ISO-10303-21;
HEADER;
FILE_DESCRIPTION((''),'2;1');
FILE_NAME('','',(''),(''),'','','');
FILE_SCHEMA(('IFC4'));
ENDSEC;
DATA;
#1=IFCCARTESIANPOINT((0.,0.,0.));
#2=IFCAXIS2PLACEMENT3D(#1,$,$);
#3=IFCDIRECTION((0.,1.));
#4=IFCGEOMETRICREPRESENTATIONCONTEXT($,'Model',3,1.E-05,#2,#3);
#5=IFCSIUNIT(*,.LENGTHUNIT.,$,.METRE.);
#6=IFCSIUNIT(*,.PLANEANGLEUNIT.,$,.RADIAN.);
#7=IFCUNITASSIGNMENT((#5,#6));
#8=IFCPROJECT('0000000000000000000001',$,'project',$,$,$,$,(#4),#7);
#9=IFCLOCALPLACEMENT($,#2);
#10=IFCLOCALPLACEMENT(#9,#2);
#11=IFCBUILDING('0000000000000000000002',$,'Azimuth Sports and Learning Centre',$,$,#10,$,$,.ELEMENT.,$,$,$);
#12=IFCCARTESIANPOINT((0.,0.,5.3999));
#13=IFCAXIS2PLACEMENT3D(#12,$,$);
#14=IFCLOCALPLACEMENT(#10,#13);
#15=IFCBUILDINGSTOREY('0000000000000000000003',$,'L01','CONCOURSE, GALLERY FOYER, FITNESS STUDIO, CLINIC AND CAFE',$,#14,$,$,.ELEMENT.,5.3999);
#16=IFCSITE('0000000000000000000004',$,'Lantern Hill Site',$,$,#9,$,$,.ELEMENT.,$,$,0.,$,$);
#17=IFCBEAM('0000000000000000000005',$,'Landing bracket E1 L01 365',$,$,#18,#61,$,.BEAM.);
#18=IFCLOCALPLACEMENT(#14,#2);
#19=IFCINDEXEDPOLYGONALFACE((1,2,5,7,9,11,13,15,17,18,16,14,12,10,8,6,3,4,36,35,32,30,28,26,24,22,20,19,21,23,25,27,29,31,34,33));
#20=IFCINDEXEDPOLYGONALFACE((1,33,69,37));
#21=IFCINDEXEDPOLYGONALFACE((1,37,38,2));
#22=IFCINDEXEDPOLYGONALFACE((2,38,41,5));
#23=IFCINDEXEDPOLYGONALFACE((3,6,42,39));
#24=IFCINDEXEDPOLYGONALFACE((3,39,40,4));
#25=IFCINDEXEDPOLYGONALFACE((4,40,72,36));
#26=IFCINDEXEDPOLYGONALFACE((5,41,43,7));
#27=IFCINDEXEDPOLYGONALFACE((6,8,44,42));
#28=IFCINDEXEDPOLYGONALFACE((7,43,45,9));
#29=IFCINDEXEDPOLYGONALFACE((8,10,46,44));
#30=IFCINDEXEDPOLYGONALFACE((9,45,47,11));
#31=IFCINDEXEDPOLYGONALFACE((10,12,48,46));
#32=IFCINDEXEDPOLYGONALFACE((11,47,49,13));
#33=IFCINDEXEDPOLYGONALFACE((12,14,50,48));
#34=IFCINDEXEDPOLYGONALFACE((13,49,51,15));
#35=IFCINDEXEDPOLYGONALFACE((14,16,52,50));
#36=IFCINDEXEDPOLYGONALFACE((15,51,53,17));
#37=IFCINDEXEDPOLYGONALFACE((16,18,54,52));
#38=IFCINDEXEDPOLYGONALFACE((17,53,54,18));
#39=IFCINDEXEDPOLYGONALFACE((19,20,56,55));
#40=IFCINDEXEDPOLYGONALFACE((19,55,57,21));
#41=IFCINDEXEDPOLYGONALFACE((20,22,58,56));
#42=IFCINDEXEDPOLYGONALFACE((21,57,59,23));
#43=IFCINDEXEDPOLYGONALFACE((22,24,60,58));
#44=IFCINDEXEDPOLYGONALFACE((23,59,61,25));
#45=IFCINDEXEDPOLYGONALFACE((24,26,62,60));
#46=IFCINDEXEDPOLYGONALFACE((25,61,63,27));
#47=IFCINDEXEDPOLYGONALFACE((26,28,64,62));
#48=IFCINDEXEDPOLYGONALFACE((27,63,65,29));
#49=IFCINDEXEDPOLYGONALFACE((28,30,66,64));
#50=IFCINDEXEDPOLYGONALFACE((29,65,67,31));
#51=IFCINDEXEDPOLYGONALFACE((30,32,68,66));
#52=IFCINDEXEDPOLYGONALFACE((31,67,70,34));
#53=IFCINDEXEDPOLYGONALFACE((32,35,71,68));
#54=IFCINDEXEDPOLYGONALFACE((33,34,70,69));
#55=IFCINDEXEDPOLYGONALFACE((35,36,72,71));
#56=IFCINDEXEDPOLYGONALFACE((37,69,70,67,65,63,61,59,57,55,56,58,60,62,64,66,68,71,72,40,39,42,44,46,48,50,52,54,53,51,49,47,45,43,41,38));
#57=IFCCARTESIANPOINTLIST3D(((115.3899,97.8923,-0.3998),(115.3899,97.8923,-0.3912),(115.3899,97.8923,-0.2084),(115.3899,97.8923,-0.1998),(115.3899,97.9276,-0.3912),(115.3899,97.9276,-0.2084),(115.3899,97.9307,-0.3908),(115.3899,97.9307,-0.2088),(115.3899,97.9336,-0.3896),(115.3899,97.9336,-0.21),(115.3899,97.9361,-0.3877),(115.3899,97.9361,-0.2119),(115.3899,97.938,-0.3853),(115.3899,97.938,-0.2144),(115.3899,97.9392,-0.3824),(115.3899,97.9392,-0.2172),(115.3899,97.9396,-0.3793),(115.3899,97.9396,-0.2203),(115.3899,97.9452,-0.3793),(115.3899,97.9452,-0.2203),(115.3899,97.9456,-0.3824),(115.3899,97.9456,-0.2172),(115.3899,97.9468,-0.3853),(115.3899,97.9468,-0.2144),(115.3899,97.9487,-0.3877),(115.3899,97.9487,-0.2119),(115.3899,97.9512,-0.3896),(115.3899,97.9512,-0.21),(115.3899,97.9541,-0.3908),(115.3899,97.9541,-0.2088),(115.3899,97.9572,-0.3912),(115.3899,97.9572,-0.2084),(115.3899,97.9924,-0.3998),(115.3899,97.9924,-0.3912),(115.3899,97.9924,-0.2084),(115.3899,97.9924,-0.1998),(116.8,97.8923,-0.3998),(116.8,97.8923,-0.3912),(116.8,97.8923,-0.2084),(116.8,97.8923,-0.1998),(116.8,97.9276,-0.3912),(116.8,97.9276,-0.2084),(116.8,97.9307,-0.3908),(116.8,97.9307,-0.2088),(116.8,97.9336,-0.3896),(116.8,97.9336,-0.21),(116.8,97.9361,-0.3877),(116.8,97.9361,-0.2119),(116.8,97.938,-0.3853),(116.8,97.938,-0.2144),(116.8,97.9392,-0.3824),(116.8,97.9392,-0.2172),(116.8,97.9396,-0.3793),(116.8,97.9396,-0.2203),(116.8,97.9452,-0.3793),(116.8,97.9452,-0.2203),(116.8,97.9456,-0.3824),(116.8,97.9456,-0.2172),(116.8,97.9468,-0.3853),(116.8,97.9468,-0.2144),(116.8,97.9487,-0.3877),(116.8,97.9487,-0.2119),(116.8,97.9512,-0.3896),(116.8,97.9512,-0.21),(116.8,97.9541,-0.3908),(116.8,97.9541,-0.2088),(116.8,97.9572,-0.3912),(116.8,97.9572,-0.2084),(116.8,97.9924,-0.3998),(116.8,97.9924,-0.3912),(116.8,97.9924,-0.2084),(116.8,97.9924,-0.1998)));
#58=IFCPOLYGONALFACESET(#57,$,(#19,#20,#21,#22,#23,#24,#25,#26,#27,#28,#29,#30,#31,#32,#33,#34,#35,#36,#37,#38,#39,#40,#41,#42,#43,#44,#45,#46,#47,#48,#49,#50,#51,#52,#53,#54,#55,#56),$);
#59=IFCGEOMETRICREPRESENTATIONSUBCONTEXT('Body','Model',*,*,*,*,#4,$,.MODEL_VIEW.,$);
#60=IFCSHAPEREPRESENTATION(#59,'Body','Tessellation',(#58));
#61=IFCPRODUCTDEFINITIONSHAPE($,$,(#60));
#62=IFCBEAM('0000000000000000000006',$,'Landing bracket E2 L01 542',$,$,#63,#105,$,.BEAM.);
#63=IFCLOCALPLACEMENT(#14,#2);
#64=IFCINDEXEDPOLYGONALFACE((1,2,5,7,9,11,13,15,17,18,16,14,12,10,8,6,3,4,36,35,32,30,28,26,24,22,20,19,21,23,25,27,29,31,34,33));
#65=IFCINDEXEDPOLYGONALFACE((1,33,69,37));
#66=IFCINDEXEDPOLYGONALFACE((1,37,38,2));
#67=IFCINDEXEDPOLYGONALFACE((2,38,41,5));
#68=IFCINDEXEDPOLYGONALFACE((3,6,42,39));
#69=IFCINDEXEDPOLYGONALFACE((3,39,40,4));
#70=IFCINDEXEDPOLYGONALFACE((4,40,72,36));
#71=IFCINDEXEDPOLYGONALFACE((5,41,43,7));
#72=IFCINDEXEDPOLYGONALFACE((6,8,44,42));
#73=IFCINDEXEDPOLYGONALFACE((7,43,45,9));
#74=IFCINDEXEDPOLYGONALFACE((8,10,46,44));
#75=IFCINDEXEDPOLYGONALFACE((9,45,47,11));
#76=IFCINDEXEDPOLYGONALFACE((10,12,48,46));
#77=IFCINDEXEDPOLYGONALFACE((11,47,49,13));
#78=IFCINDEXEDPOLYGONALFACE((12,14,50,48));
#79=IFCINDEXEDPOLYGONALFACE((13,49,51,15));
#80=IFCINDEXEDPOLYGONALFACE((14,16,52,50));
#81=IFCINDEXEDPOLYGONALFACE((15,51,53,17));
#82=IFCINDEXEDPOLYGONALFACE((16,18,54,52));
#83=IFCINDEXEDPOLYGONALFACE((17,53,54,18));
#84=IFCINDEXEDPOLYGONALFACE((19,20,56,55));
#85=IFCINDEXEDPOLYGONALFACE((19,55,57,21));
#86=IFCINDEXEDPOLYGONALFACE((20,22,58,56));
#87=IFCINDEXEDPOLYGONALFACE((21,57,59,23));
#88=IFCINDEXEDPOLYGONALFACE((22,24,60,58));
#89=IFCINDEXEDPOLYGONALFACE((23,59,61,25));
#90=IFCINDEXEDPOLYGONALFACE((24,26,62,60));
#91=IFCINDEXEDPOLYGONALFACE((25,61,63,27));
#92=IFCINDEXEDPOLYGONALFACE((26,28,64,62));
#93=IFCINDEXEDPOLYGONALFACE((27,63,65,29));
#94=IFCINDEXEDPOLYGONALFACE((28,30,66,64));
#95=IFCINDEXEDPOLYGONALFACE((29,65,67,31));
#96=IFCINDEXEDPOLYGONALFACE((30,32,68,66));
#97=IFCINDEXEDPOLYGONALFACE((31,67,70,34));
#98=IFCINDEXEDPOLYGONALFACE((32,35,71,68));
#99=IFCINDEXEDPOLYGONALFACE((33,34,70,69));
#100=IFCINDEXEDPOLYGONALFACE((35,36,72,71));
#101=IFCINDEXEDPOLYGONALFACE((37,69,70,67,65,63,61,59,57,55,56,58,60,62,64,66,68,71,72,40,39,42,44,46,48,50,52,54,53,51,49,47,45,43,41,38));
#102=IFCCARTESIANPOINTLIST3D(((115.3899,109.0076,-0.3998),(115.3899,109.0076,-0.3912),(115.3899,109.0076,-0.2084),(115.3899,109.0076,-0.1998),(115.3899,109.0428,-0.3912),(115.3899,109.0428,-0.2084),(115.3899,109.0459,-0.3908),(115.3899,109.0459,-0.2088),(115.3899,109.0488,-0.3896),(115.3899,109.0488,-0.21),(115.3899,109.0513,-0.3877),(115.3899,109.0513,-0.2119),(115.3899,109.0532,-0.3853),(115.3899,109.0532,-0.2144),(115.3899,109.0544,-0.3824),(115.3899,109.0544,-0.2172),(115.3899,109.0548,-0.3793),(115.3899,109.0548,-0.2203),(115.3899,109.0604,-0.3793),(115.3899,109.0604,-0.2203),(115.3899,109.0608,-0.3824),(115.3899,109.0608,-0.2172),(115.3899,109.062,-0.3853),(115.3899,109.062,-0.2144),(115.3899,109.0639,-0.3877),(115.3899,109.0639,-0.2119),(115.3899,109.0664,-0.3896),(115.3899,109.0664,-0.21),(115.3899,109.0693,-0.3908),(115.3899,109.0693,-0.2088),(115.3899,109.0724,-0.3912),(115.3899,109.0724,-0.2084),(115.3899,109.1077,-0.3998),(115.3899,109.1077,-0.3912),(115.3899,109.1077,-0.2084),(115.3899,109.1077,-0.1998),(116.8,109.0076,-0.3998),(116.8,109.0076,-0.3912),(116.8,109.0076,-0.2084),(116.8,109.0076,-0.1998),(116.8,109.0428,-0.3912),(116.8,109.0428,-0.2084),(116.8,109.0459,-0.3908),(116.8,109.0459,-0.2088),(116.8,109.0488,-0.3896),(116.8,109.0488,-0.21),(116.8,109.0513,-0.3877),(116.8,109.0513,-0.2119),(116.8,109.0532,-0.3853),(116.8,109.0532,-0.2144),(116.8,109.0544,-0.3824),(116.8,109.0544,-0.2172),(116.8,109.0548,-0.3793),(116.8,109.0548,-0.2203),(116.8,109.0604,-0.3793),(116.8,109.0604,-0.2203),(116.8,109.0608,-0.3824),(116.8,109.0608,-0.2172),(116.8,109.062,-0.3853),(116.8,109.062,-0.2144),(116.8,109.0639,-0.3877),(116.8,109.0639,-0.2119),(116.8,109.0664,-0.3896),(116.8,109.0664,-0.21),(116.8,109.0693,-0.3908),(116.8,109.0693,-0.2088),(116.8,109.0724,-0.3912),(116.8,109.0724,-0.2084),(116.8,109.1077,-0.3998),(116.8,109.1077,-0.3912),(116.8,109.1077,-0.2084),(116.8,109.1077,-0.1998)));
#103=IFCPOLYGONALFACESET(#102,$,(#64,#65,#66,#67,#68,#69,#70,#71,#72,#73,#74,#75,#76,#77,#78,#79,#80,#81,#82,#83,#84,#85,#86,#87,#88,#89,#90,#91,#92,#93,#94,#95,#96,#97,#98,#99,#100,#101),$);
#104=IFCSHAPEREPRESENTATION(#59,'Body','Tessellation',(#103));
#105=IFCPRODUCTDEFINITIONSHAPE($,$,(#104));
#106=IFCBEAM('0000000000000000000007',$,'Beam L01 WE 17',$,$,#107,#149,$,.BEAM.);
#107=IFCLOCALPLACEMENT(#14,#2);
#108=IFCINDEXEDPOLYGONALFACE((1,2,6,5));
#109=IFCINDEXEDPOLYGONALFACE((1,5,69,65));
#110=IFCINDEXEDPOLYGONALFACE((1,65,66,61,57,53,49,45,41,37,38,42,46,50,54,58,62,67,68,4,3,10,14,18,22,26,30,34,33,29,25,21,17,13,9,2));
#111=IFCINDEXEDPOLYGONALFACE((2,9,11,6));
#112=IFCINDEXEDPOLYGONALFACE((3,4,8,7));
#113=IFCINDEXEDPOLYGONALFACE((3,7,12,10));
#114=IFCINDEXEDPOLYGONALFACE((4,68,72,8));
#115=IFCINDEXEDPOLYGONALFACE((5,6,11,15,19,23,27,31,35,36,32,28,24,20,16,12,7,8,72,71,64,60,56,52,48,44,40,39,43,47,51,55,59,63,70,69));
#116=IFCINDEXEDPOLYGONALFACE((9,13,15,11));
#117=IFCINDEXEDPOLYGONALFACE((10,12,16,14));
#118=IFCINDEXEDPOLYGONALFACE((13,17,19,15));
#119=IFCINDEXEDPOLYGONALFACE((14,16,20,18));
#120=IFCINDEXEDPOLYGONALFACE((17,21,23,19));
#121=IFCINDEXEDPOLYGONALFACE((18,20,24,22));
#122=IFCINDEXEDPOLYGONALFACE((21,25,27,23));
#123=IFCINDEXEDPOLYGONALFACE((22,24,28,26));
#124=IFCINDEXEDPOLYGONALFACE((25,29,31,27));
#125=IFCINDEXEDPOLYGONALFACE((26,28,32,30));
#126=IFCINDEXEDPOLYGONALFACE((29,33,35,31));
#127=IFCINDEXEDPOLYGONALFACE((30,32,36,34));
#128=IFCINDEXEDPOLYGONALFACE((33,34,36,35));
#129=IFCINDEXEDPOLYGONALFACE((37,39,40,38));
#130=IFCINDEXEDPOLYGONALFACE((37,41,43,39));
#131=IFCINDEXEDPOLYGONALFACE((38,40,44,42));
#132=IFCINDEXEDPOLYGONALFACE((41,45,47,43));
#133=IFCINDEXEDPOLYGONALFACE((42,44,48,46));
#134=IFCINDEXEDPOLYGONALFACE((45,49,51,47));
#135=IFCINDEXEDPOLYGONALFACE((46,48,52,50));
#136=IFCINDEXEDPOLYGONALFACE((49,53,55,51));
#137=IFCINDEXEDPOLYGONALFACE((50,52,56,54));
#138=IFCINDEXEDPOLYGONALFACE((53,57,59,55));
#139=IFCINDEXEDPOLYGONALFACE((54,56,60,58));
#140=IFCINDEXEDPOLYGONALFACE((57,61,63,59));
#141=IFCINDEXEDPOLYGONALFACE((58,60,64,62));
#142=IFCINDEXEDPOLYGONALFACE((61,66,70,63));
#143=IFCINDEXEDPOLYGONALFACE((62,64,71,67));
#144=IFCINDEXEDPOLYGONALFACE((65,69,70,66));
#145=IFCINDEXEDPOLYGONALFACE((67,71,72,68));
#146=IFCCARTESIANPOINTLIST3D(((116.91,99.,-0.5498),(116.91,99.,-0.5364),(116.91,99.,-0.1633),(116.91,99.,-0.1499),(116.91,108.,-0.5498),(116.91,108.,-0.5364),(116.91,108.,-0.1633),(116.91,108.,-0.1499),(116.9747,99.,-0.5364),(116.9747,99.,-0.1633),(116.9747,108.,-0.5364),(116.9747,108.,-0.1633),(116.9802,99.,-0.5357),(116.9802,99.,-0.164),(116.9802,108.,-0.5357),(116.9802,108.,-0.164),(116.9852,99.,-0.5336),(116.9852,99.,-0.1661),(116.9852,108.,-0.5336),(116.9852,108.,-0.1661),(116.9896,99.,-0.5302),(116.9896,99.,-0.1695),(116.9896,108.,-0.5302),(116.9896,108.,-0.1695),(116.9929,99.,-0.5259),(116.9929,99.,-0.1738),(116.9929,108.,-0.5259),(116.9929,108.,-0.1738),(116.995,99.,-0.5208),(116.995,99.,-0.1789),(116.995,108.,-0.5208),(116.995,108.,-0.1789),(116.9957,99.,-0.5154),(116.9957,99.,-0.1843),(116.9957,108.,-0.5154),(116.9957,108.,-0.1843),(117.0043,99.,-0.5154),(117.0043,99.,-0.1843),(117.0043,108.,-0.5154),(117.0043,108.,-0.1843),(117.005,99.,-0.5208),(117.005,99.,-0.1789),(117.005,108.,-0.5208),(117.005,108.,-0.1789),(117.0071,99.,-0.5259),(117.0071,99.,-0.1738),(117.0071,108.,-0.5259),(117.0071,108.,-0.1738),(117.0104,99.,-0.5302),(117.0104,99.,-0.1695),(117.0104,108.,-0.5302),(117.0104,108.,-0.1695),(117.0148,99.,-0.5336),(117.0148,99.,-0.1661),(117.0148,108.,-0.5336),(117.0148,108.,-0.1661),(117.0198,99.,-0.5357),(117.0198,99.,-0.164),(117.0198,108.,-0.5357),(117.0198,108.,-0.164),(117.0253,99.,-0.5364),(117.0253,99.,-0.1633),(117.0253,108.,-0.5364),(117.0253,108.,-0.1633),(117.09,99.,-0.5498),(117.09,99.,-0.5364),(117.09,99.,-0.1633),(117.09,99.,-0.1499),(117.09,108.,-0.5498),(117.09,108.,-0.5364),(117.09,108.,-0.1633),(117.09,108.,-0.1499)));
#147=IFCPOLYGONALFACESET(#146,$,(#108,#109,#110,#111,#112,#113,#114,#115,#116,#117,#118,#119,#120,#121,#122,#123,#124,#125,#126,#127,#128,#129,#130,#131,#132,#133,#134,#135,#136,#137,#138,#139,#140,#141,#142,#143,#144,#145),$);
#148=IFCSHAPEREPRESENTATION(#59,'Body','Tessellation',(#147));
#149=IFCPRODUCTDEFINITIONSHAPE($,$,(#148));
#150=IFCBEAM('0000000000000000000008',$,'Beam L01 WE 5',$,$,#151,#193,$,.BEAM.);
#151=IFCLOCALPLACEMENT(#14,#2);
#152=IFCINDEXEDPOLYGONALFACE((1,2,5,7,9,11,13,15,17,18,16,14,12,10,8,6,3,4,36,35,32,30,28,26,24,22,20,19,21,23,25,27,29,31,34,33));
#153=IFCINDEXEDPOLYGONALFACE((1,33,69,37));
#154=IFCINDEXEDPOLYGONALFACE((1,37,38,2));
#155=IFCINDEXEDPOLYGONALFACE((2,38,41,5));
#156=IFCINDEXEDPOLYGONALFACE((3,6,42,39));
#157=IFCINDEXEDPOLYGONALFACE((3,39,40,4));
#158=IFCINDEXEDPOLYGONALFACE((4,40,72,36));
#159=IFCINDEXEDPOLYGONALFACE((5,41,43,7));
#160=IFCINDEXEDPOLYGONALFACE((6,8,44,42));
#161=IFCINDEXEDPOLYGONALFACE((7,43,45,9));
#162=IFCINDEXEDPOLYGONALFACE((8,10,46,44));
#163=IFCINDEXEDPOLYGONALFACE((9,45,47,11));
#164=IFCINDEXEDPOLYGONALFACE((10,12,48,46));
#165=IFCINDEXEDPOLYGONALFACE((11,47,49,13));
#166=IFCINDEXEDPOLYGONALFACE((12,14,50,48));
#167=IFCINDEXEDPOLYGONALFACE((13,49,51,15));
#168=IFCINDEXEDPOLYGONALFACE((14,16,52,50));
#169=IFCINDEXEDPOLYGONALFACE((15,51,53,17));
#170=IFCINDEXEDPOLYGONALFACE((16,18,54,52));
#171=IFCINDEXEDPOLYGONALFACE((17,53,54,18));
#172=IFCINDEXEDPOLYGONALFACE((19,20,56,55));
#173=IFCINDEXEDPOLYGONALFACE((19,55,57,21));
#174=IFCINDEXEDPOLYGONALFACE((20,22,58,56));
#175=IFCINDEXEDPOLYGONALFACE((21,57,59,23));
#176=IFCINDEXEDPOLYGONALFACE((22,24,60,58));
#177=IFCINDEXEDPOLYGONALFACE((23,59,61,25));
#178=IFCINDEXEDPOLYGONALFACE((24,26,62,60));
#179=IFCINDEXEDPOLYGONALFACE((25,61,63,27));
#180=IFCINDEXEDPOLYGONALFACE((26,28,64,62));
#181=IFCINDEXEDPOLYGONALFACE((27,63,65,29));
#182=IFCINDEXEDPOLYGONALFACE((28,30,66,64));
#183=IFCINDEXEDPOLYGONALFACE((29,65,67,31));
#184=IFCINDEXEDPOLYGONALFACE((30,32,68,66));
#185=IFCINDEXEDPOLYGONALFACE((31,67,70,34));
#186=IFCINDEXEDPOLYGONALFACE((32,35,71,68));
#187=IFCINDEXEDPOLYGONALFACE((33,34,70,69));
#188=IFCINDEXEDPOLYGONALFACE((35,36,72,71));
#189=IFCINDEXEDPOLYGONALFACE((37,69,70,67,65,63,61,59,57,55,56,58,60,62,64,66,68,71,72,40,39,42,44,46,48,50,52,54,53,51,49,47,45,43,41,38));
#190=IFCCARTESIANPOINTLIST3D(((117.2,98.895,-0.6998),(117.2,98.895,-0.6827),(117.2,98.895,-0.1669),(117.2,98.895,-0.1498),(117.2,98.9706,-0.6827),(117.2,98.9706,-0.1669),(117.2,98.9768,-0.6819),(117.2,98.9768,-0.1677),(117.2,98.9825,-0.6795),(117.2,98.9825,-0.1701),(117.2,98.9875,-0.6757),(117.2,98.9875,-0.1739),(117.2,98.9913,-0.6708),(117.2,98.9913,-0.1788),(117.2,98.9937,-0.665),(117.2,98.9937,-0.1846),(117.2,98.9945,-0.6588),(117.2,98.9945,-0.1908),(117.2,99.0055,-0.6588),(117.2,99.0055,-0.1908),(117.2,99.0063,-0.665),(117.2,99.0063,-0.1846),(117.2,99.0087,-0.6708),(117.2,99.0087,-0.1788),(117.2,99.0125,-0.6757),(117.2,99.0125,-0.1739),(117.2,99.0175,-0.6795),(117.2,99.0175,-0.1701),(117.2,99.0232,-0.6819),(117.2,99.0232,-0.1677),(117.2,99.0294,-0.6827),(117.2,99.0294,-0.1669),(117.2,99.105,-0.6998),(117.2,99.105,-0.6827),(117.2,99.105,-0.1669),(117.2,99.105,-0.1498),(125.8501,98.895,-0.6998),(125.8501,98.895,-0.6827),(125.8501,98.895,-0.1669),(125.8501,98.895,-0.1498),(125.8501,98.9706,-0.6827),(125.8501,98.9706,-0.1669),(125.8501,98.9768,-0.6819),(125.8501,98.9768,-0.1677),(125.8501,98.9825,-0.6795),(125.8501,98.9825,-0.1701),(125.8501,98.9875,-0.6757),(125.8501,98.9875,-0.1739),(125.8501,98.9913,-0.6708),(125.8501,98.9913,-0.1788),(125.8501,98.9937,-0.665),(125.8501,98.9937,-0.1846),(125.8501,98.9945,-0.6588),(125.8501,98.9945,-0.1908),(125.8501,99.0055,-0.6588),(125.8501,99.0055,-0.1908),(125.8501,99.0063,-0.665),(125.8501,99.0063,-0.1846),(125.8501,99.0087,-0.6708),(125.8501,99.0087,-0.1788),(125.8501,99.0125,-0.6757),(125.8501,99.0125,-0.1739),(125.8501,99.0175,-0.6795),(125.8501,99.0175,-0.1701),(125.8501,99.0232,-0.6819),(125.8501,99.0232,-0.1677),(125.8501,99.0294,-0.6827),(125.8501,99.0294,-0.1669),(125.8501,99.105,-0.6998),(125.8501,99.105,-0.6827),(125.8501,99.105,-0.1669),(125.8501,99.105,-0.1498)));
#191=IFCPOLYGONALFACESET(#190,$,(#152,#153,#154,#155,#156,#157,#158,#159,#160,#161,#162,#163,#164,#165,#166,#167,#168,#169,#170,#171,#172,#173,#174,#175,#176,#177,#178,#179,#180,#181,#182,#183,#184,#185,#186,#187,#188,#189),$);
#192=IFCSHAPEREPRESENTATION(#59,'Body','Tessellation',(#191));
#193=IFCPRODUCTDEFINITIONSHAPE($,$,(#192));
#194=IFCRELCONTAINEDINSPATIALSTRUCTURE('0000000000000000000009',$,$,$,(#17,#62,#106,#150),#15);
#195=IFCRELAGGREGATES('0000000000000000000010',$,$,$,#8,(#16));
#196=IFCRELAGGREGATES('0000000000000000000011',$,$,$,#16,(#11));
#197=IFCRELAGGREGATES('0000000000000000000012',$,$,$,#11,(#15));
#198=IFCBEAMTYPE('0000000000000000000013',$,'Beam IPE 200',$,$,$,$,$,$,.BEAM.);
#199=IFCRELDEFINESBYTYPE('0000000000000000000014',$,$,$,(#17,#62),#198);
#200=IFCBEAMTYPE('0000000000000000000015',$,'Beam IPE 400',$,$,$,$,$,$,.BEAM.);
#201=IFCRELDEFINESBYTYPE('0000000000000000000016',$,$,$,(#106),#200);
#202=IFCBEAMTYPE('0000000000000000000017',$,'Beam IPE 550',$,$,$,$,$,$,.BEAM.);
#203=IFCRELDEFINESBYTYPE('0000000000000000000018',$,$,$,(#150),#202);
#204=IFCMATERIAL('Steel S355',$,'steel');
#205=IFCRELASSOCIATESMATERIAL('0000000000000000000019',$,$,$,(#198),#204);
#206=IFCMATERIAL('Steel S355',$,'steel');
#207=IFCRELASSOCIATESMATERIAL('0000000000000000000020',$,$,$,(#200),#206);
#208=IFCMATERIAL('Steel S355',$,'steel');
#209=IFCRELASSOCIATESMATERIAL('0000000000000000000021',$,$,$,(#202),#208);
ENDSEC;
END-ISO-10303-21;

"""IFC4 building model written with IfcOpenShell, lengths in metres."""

from ifc_helpers import new_model, si_unit, direction, frame, origin, origin_2d, place, context, subcontext, project, spatial, i_section, extrude, material, material_profile, profile_set, type_object, element, save


model = new_model("IFC4")

# Units and contexts
model_context = context("Model", 3, precision=1e-05, world=origin(), true_north=direction((0.0, 1.0)))
body_context = subcontext(model_context, "Body", "Model", "MODEL_VIEW")
ifc_project = project(units=[si_unit("LENGTHUNIT", "METRE"), si_unit("PLANEANGLEUNIT", "RADIAN")], contexts=[model_context])

# Site, building, storey
site_placement = place(None, origin())
site = spatial("IfcSite", under=ifc_project, at=site_placement, Name="Lantern Hill Site", CompositionType="ELEMENT", RefElevation=0.0)
building_placement = place(site_placement, origin())
building = spatial("IfcBuilding", under=site, at=building_placement, Name="Azimuth Sports and Learning Centre", CompositionType="ELEMENT")
storey_placement = place(building_placement, frame((0.0, 0.0, 5.3999)))
storey = spatial("IfcBuildingStorey", under=building, at=storey_placement, Name="L01", Description="CONCOURSE, GALLERY FOYER, FITNESS STUDIO, CLINIC AND CAFE", CompositionType="ELEMENT", Elevation=5.3999)

# Beams
ifc_material_1 = material(Name="Steel S355", Category="steel")
ifc_material_profile_1 = material_profile(ifc_material_1, i_section(OverallWidth=0.1001, OverallDepth=0.2, WebThickness=0.0056, FlangeThickness=0.0085, FilletRadius=0.012, at=origin_2d()), Name="IPE 200")
ifc_profile_set_1 = profile_set([ifc_material_profile_1], Name="Steel S355")
beam_type_1 = type_object("IfcBeamType", Name="Beam IPE 200", PredefinedType="BEAM", material=ifc_profile_set_1)
for number, where, z_axis, x_axis, name in (
    (1, (116.8, 97.9424, -0.2998), (-1.0, 0.0, 0.0), (0.0, -1.0, 0.0), "Landing bracket E1 L01 365"),
    (2, (116.8, 109.0576, -0.2998), (-1.0, 0.0, 0.0), (0.0, -1.0, 0.0), "Landing bracket E2 L01 542"),
):
    element("IfcBeam", number, at=place(storey_placement, frame(where, z_axis=z_axis, x_axis=x_axis)), inside=storey, type_object=beam_type_1, Name=name, PredefinedType="BEAM", context=body_context, shape_type="SweptSolid", body=[
        extrude(i_section(OverallWidth=0.1001, OverallDepth=0.2, WebThickness=0.0056, FlangeThickness=0.0085, FilletRadius=0.012, at=origin_2d()), origin(), (0.0, 0.0, 1.0), 1.4102),
    ])
ifc_material_2 = material(Name="Steel S355", Category="steel")
ifc_material_profile_2 = material_profile(ifc_material_2, i_section(OverallWidth=0.1799, OverallDepth=0.3999, WebThickness=0.0085, FlangeThickness=0.0134, FilletRadius=0.021, at=origin_2d()), Name="IPE 400")
ifc_profile_set_2 = profile_set([ifc_material_profile_2], Name="Steel S355")
beam_type_2 = type_object("IfcBeamType", Name="Beam IPE 400", PredefinedType="BEAM", material=ifc_profile_set_2)
beam_1_placement = place(storey_placement, frame((117.0, 99.0, -0.3499), z_axis=(0.0, 1.0, 0.0), x_axis=(-1.0, 0.0, 0.0)))
element("IfcBeam", 3, at=beam_1_placement, inside=storey, type_object=beam_type_2, Name="Beam L01 WE 17", PredefinedType="BEAM", context=body_context, shape_type="SweptSolid", body=[
    extrude(i_section(OverallWidth=0.1799, OverallDepth=0.3999, WebThickness=0.0085, FlangeThickness=0.0134, FilletRadius=0.021, at=origin_2d()), origin(), (0.0, 0.0, 1.0), 9.0),
])
ifc_material_3 = material(Name="Steel S355", Category="steel")
ifc_material_profile_3 = material_profile(ifc_material_3, i_section(OverallWidth=0.21, OverallDepth=0.55, WebThickness=0.011, FlangeThickness=0.0171, FilletRadius=0.0239, at=origin_2d()), Name="IPE 550")
ifc_profile_set_3 = profile_set([ifc_material_profile_3], Name="Steel S355")
beam_type_3 = type_object("IfcBeamType", Name="Beam IPE 550", PredefinedType="BEAM", material=ifc_profile_set_3)
for number, where, z_axis, x_axis, name in (
    (4, (117.2, 99.0, -0.4248), (1.0, 0.0, 0.0), (0.0, 1.0, 0.0), "Beam L01 WE 5"),
):
    element("IfcBeam", number, at=place(storey_placement, frame(where, z_axis=z_axis, x_axis=x_axis)), inside=storey, type_object=beam_type_3, Name=name, PredefinedType="BEAM", context=body_context, shape_type="SweptSolid", body=[
        extrude(i_section(OverallWidth=0.21, OverallDepth=0.55, WebThickness=0.011, FlangeThickness=0.0171, FilletRadius=0.0239, at=origin_2d()), origin(), (0.0, 0.0, 1.0), 8.6501),
    ])

save(model, "model.ifc")
